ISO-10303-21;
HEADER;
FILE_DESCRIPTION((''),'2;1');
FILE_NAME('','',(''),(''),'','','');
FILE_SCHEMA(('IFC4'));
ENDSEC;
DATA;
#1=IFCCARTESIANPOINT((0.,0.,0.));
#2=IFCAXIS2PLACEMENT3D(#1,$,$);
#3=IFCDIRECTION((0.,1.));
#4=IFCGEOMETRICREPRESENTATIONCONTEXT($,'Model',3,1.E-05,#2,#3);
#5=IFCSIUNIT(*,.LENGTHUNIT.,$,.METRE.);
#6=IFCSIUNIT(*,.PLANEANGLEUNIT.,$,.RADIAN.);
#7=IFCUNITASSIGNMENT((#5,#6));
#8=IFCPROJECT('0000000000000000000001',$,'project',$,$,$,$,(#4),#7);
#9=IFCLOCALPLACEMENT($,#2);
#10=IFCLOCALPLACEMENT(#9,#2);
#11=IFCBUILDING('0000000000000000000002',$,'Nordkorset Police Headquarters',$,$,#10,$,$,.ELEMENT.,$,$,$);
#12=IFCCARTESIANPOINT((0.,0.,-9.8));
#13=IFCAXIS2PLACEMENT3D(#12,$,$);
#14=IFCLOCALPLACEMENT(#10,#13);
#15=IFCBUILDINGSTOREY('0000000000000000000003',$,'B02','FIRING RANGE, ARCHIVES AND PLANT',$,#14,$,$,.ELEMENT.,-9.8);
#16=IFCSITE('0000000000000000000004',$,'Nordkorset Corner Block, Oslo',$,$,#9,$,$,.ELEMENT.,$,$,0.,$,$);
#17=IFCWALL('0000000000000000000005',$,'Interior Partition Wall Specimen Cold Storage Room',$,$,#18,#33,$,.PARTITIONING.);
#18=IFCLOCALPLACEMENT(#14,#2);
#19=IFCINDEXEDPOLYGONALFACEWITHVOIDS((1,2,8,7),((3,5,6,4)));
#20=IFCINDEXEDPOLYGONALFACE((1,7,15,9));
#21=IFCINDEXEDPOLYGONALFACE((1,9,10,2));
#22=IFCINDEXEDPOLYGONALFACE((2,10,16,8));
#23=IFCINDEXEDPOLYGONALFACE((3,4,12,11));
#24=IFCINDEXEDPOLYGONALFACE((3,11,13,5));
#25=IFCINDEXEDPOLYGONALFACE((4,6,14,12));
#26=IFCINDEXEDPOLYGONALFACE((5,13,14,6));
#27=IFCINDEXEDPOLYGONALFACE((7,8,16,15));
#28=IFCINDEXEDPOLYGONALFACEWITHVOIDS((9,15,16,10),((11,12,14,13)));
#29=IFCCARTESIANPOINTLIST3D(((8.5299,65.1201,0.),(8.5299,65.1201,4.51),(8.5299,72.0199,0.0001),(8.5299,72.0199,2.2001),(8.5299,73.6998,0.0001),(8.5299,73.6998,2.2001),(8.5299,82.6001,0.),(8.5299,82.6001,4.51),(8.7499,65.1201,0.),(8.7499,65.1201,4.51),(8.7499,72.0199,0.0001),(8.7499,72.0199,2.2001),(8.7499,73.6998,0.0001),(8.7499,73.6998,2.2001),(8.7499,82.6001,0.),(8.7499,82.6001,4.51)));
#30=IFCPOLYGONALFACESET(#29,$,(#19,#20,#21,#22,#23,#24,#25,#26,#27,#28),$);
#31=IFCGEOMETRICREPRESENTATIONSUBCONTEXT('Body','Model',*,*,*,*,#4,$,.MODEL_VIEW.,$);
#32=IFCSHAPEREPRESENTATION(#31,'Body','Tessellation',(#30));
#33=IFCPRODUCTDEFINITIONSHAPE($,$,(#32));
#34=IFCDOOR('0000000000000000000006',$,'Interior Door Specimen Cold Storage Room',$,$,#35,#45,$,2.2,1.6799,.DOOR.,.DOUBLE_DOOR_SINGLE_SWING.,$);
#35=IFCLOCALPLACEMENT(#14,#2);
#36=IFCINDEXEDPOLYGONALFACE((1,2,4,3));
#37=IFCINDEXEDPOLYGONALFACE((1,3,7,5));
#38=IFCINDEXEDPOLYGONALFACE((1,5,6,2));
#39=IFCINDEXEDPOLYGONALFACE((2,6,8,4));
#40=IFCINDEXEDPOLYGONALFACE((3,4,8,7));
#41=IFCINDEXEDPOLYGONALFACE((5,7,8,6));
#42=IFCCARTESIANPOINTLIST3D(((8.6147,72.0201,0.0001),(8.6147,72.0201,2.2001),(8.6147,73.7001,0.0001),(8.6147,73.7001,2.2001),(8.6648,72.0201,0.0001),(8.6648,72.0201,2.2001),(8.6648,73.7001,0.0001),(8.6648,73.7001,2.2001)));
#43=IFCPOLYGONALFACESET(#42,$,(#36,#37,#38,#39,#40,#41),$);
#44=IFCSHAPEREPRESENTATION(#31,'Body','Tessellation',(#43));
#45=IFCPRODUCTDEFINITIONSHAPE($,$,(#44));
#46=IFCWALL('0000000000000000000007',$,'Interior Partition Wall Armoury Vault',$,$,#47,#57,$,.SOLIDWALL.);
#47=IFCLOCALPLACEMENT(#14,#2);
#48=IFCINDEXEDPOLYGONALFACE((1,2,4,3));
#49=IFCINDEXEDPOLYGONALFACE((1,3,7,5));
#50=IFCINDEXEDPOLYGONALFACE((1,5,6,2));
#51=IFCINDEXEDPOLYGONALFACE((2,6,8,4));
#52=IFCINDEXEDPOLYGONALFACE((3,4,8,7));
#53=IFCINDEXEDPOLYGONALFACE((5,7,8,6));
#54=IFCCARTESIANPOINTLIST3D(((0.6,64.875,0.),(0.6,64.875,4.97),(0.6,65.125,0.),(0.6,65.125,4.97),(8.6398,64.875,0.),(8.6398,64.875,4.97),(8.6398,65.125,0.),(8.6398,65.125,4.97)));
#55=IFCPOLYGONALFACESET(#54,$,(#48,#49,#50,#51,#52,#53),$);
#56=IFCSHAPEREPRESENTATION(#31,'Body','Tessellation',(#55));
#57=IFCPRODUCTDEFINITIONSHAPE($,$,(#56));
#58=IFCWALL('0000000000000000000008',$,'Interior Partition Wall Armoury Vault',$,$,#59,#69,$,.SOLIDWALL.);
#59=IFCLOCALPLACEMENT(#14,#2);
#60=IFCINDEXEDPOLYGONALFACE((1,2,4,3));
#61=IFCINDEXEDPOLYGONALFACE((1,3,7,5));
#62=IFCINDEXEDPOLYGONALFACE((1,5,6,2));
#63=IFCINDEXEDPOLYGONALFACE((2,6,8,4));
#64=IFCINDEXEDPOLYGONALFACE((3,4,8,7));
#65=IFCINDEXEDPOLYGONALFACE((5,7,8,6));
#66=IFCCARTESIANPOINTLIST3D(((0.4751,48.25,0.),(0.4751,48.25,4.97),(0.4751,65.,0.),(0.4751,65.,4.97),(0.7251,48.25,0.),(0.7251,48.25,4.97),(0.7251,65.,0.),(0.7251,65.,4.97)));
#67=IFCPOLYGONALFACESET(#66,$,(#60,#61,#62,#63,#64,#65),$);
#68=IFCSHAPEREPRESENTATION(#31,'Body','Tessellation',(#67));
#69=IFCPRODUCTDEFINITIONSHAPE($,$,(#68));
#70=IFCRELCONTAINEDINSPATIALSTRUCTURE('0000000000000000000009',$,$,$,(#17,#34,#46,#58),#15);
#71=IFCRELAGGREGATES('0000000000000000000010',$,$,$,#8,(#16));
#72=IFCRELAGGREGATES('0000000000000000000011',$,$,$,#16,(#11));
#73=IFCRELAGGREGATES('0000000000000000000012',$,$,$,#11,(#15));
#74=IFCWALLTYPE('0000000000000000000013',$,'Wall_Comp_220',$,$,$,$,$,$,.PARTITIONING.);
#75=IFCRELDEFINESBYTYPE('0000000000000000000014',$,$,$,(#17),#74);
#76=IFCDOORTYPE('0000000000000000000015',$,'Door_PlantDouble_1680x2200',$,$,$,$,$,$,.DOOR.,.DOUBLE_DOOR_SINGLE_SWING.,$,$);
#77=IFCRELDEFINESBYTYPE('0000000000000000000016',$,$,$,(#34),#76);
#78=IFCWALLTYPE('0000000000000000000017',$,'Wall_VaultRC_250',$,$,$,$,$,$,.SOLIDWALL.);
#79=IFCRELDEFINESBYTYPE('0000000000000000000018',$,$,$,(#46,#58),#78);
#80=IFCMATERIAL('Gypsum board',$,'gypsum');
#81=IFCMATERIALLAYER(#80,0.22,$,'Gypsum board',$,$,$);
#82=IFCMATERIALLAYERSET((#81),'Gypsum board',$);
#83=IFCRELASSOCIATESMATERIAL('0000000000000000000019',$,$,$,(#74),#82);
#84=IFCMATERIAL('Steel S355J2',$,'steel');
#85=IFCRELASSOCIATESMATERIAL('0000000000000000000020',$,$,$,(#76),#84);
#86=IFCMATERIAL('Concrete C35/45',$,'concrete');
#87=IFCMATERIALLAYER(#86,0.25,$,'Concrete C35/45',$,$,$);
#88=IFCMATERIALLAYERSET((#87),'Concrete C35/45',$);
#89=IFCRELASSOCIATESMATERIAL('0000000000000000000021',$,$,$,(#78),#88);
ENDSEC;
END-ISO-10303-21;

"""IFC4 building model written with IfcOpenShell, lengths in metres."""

from ifc_helpers import new_model, si_unit, direction, frame, frame_2d, origin, place, context, subcontext, project, spatial, rectangle, extrude, material, layer, layer_set, type_object, element, fill, save


model = new_model("IFC4")

# Units and contexts
model_context = context("Model", 3, precision=1e-05, world=origin(), true_north=direction((0.0, 1.0)))
body_context = subcontext(model_context, "Body", "Model", "MODEL_VIEW")
ifc_project = project(units=[si_unit("LENGTHUNIT", "METRE"), si_unit("PLANEANGLEUNIT", "RADIAN")], contexts=[model_context])

# Site, building, storey
site_placement = place(None, origin())
site = spatial("IfcSite", under=ifc_project, at=site_placement, Name="Nordkorset Corner Block, Oslo", CompositionType="ELEMENT", RefElevation=0.0)
building_placement = place(site_placement, origin())
building = spatial("IfcBuilding", under=site, at=building_placement, Name="Nordkorset Police Headquarters", CompositionType="ELEMENT")
storey_placement = place(building_placement, frame((0.0, 0.0, -9.8)))
storey = spatial("IfcBuildingStorey", under=building, at=storey_placement, Name="B02", Description="FIRING RANGE, ARCHIVES AND PLANT", CompositionType="ELEMENT", Elevation=-9.8)

# Wall, opening, door
ifc_material_1 = material(Name="Gypsum board", Category="gypsum")
ifc_layer_1 = layer(ifc_material_1, 0.22, Name="Gypsum board")
ifc_layer_set_1 = layer_set([ifc_layer_1], Name="Gypsum board")
wall_type_1 = type_object("IfcWallType", Name="Wall_Comp_220", PredefinedType="PARTITIONING", material=ifc_layer_set_1)
wall_1_placement = place(storey_placement, frame((8.6399, 65.1201, 0.0), z_axis=(0.0, 0.0, 1.0), x_axis=(0.0, 1.0, 0.0)))
wall_1 = element("IfcWall", 1, at=wall_1_placement, inside=storey, type_object=wall_type_1, Name="Interior Partition Wall Specimen Cold Storage Room", PredefinedType="PARTITIONING", context=body_context, shape_type="SweptSolid", body=[
    extrude(rectangle(XDim=17.48, YDim=0.22, at=frame_2d((8.74, 0.0))), origin(), (0.0, 0.0, 1.0), 4.51),
])
opening_placement = place(wall_1_placement, frame((6.8999, 0.0, 0.0)))
opening = element("IfcOpeningElement", 2, at=opening_placement, cuts=wall_1, PredefinedType="OPENING", context=body_context, shape_type="SweptSolid", body=[
    extrude(rectangle(XDim=1.6799, YDim=2.2, at=frame_2d((0.8398, 1.1001))), frame((0.0, 0.1201, 0.0), z_axis=(0.0, -1.0, 0.0), x_axis=(1.0, 0.0, 0.0)), (0.0, 0.0, 1.0), 0.24),
])
ifc_material_2 = material(Name="Steel S355J2", Category="steel")
door_type = type_object("IfcDoorType", Name="Door_PlantDouble_1680x2200", OperationType="DOUBLE_DOOR_SINGLE_SWING", PredefinedType="DOOR", material=ifc_material_2)
door_placement = place(opening_placement, frame((1.6799, 0.0, 0.0), z_axis=(0.0, 0.0, 1.0), x_axis=(-1.0, 0.0, 0.0)))
door = element("IfcDoor", 3, at=door_placement, inside=storey, type_object=door_type, Name="Interior Door Specimen Cold Storage Room", OperationType="DOUBLE_DOOR_SINGLE_SWING", OverallHeight=2.2, OverallWidth=1.6799, PredefinedType="DOOR", context=body_context, shape_type="SweptSolid", body=[
    extrude(rectangle(XDim=1.6799, YDim=2.2, at=frame_2d((0.8398, 1.1001))), frame((0.0, 0.0249, 0.0), z_axis=(0.0, -1.0, 0.0), x_axis=(1.0, 0.0, 0.0)), (0.0, 0.0, 1.0), 0.05),
])
fill(opening, door)

# Walls
ifc_material_3 = material(Name="Concrete C35/45", Category="concrete")
ifc_layer_2 = layer(ifc_material_3, 0.25, Name="Concrete C35/45")
ifc_layer_set_2 = layer_set([ifc_layer_2], Name="Concrete C35/45")
wall_type_2 = type_object("IfcWallType", Name="Wall_VaultRC_250", PredefinedType="SOLIDWALL", material=ifc_layer_set_2)
wall_2_placement = place(storey_placement, frame((8.6399, 65.0, 0.0), z_axis=(0.0, 0.0, 1.0), x_axis=(-1.0, 0.0, 0.0)))
element("IfcWall", 4, at=wall_2_placement, inside=storey, type_object=wall_type_2, Name="Interior Partition Wall Armoury Vault", PredefinedType="SOLIDWALL", context=body_context, shape_type="SweptSolid", body=[
    extrude(rectangle(XDim=8.0398, YDim=0.25, at=frame_2d((4.02, 0.0))), origin(), (0.0, 0.0, 1.0), 4.97),
])
wall_3_placement = place(storey_placement, frame((0.6001, 65.0, 0.0), z_axis=(0.0, 0.0, 1.0), x_axis=(0.0, -1.0, 0.0)))
element("IfcWall", 5, at=wall_3_placement, inside=storey, type_object=wall_type_2, Name="Interior Partition Wall Armoury Vault", PredefinedType="SOLIDWALL", context=body_context, shape_type="SweptSolid", body=[
    extrude(rectangle(XDim=16.75, YDim=0.25, at=frame_2d((8.375, 0.0))), origin(), (0.0, 0.0, 1.0), 4.97),
])

save(model, "model.ifc")
